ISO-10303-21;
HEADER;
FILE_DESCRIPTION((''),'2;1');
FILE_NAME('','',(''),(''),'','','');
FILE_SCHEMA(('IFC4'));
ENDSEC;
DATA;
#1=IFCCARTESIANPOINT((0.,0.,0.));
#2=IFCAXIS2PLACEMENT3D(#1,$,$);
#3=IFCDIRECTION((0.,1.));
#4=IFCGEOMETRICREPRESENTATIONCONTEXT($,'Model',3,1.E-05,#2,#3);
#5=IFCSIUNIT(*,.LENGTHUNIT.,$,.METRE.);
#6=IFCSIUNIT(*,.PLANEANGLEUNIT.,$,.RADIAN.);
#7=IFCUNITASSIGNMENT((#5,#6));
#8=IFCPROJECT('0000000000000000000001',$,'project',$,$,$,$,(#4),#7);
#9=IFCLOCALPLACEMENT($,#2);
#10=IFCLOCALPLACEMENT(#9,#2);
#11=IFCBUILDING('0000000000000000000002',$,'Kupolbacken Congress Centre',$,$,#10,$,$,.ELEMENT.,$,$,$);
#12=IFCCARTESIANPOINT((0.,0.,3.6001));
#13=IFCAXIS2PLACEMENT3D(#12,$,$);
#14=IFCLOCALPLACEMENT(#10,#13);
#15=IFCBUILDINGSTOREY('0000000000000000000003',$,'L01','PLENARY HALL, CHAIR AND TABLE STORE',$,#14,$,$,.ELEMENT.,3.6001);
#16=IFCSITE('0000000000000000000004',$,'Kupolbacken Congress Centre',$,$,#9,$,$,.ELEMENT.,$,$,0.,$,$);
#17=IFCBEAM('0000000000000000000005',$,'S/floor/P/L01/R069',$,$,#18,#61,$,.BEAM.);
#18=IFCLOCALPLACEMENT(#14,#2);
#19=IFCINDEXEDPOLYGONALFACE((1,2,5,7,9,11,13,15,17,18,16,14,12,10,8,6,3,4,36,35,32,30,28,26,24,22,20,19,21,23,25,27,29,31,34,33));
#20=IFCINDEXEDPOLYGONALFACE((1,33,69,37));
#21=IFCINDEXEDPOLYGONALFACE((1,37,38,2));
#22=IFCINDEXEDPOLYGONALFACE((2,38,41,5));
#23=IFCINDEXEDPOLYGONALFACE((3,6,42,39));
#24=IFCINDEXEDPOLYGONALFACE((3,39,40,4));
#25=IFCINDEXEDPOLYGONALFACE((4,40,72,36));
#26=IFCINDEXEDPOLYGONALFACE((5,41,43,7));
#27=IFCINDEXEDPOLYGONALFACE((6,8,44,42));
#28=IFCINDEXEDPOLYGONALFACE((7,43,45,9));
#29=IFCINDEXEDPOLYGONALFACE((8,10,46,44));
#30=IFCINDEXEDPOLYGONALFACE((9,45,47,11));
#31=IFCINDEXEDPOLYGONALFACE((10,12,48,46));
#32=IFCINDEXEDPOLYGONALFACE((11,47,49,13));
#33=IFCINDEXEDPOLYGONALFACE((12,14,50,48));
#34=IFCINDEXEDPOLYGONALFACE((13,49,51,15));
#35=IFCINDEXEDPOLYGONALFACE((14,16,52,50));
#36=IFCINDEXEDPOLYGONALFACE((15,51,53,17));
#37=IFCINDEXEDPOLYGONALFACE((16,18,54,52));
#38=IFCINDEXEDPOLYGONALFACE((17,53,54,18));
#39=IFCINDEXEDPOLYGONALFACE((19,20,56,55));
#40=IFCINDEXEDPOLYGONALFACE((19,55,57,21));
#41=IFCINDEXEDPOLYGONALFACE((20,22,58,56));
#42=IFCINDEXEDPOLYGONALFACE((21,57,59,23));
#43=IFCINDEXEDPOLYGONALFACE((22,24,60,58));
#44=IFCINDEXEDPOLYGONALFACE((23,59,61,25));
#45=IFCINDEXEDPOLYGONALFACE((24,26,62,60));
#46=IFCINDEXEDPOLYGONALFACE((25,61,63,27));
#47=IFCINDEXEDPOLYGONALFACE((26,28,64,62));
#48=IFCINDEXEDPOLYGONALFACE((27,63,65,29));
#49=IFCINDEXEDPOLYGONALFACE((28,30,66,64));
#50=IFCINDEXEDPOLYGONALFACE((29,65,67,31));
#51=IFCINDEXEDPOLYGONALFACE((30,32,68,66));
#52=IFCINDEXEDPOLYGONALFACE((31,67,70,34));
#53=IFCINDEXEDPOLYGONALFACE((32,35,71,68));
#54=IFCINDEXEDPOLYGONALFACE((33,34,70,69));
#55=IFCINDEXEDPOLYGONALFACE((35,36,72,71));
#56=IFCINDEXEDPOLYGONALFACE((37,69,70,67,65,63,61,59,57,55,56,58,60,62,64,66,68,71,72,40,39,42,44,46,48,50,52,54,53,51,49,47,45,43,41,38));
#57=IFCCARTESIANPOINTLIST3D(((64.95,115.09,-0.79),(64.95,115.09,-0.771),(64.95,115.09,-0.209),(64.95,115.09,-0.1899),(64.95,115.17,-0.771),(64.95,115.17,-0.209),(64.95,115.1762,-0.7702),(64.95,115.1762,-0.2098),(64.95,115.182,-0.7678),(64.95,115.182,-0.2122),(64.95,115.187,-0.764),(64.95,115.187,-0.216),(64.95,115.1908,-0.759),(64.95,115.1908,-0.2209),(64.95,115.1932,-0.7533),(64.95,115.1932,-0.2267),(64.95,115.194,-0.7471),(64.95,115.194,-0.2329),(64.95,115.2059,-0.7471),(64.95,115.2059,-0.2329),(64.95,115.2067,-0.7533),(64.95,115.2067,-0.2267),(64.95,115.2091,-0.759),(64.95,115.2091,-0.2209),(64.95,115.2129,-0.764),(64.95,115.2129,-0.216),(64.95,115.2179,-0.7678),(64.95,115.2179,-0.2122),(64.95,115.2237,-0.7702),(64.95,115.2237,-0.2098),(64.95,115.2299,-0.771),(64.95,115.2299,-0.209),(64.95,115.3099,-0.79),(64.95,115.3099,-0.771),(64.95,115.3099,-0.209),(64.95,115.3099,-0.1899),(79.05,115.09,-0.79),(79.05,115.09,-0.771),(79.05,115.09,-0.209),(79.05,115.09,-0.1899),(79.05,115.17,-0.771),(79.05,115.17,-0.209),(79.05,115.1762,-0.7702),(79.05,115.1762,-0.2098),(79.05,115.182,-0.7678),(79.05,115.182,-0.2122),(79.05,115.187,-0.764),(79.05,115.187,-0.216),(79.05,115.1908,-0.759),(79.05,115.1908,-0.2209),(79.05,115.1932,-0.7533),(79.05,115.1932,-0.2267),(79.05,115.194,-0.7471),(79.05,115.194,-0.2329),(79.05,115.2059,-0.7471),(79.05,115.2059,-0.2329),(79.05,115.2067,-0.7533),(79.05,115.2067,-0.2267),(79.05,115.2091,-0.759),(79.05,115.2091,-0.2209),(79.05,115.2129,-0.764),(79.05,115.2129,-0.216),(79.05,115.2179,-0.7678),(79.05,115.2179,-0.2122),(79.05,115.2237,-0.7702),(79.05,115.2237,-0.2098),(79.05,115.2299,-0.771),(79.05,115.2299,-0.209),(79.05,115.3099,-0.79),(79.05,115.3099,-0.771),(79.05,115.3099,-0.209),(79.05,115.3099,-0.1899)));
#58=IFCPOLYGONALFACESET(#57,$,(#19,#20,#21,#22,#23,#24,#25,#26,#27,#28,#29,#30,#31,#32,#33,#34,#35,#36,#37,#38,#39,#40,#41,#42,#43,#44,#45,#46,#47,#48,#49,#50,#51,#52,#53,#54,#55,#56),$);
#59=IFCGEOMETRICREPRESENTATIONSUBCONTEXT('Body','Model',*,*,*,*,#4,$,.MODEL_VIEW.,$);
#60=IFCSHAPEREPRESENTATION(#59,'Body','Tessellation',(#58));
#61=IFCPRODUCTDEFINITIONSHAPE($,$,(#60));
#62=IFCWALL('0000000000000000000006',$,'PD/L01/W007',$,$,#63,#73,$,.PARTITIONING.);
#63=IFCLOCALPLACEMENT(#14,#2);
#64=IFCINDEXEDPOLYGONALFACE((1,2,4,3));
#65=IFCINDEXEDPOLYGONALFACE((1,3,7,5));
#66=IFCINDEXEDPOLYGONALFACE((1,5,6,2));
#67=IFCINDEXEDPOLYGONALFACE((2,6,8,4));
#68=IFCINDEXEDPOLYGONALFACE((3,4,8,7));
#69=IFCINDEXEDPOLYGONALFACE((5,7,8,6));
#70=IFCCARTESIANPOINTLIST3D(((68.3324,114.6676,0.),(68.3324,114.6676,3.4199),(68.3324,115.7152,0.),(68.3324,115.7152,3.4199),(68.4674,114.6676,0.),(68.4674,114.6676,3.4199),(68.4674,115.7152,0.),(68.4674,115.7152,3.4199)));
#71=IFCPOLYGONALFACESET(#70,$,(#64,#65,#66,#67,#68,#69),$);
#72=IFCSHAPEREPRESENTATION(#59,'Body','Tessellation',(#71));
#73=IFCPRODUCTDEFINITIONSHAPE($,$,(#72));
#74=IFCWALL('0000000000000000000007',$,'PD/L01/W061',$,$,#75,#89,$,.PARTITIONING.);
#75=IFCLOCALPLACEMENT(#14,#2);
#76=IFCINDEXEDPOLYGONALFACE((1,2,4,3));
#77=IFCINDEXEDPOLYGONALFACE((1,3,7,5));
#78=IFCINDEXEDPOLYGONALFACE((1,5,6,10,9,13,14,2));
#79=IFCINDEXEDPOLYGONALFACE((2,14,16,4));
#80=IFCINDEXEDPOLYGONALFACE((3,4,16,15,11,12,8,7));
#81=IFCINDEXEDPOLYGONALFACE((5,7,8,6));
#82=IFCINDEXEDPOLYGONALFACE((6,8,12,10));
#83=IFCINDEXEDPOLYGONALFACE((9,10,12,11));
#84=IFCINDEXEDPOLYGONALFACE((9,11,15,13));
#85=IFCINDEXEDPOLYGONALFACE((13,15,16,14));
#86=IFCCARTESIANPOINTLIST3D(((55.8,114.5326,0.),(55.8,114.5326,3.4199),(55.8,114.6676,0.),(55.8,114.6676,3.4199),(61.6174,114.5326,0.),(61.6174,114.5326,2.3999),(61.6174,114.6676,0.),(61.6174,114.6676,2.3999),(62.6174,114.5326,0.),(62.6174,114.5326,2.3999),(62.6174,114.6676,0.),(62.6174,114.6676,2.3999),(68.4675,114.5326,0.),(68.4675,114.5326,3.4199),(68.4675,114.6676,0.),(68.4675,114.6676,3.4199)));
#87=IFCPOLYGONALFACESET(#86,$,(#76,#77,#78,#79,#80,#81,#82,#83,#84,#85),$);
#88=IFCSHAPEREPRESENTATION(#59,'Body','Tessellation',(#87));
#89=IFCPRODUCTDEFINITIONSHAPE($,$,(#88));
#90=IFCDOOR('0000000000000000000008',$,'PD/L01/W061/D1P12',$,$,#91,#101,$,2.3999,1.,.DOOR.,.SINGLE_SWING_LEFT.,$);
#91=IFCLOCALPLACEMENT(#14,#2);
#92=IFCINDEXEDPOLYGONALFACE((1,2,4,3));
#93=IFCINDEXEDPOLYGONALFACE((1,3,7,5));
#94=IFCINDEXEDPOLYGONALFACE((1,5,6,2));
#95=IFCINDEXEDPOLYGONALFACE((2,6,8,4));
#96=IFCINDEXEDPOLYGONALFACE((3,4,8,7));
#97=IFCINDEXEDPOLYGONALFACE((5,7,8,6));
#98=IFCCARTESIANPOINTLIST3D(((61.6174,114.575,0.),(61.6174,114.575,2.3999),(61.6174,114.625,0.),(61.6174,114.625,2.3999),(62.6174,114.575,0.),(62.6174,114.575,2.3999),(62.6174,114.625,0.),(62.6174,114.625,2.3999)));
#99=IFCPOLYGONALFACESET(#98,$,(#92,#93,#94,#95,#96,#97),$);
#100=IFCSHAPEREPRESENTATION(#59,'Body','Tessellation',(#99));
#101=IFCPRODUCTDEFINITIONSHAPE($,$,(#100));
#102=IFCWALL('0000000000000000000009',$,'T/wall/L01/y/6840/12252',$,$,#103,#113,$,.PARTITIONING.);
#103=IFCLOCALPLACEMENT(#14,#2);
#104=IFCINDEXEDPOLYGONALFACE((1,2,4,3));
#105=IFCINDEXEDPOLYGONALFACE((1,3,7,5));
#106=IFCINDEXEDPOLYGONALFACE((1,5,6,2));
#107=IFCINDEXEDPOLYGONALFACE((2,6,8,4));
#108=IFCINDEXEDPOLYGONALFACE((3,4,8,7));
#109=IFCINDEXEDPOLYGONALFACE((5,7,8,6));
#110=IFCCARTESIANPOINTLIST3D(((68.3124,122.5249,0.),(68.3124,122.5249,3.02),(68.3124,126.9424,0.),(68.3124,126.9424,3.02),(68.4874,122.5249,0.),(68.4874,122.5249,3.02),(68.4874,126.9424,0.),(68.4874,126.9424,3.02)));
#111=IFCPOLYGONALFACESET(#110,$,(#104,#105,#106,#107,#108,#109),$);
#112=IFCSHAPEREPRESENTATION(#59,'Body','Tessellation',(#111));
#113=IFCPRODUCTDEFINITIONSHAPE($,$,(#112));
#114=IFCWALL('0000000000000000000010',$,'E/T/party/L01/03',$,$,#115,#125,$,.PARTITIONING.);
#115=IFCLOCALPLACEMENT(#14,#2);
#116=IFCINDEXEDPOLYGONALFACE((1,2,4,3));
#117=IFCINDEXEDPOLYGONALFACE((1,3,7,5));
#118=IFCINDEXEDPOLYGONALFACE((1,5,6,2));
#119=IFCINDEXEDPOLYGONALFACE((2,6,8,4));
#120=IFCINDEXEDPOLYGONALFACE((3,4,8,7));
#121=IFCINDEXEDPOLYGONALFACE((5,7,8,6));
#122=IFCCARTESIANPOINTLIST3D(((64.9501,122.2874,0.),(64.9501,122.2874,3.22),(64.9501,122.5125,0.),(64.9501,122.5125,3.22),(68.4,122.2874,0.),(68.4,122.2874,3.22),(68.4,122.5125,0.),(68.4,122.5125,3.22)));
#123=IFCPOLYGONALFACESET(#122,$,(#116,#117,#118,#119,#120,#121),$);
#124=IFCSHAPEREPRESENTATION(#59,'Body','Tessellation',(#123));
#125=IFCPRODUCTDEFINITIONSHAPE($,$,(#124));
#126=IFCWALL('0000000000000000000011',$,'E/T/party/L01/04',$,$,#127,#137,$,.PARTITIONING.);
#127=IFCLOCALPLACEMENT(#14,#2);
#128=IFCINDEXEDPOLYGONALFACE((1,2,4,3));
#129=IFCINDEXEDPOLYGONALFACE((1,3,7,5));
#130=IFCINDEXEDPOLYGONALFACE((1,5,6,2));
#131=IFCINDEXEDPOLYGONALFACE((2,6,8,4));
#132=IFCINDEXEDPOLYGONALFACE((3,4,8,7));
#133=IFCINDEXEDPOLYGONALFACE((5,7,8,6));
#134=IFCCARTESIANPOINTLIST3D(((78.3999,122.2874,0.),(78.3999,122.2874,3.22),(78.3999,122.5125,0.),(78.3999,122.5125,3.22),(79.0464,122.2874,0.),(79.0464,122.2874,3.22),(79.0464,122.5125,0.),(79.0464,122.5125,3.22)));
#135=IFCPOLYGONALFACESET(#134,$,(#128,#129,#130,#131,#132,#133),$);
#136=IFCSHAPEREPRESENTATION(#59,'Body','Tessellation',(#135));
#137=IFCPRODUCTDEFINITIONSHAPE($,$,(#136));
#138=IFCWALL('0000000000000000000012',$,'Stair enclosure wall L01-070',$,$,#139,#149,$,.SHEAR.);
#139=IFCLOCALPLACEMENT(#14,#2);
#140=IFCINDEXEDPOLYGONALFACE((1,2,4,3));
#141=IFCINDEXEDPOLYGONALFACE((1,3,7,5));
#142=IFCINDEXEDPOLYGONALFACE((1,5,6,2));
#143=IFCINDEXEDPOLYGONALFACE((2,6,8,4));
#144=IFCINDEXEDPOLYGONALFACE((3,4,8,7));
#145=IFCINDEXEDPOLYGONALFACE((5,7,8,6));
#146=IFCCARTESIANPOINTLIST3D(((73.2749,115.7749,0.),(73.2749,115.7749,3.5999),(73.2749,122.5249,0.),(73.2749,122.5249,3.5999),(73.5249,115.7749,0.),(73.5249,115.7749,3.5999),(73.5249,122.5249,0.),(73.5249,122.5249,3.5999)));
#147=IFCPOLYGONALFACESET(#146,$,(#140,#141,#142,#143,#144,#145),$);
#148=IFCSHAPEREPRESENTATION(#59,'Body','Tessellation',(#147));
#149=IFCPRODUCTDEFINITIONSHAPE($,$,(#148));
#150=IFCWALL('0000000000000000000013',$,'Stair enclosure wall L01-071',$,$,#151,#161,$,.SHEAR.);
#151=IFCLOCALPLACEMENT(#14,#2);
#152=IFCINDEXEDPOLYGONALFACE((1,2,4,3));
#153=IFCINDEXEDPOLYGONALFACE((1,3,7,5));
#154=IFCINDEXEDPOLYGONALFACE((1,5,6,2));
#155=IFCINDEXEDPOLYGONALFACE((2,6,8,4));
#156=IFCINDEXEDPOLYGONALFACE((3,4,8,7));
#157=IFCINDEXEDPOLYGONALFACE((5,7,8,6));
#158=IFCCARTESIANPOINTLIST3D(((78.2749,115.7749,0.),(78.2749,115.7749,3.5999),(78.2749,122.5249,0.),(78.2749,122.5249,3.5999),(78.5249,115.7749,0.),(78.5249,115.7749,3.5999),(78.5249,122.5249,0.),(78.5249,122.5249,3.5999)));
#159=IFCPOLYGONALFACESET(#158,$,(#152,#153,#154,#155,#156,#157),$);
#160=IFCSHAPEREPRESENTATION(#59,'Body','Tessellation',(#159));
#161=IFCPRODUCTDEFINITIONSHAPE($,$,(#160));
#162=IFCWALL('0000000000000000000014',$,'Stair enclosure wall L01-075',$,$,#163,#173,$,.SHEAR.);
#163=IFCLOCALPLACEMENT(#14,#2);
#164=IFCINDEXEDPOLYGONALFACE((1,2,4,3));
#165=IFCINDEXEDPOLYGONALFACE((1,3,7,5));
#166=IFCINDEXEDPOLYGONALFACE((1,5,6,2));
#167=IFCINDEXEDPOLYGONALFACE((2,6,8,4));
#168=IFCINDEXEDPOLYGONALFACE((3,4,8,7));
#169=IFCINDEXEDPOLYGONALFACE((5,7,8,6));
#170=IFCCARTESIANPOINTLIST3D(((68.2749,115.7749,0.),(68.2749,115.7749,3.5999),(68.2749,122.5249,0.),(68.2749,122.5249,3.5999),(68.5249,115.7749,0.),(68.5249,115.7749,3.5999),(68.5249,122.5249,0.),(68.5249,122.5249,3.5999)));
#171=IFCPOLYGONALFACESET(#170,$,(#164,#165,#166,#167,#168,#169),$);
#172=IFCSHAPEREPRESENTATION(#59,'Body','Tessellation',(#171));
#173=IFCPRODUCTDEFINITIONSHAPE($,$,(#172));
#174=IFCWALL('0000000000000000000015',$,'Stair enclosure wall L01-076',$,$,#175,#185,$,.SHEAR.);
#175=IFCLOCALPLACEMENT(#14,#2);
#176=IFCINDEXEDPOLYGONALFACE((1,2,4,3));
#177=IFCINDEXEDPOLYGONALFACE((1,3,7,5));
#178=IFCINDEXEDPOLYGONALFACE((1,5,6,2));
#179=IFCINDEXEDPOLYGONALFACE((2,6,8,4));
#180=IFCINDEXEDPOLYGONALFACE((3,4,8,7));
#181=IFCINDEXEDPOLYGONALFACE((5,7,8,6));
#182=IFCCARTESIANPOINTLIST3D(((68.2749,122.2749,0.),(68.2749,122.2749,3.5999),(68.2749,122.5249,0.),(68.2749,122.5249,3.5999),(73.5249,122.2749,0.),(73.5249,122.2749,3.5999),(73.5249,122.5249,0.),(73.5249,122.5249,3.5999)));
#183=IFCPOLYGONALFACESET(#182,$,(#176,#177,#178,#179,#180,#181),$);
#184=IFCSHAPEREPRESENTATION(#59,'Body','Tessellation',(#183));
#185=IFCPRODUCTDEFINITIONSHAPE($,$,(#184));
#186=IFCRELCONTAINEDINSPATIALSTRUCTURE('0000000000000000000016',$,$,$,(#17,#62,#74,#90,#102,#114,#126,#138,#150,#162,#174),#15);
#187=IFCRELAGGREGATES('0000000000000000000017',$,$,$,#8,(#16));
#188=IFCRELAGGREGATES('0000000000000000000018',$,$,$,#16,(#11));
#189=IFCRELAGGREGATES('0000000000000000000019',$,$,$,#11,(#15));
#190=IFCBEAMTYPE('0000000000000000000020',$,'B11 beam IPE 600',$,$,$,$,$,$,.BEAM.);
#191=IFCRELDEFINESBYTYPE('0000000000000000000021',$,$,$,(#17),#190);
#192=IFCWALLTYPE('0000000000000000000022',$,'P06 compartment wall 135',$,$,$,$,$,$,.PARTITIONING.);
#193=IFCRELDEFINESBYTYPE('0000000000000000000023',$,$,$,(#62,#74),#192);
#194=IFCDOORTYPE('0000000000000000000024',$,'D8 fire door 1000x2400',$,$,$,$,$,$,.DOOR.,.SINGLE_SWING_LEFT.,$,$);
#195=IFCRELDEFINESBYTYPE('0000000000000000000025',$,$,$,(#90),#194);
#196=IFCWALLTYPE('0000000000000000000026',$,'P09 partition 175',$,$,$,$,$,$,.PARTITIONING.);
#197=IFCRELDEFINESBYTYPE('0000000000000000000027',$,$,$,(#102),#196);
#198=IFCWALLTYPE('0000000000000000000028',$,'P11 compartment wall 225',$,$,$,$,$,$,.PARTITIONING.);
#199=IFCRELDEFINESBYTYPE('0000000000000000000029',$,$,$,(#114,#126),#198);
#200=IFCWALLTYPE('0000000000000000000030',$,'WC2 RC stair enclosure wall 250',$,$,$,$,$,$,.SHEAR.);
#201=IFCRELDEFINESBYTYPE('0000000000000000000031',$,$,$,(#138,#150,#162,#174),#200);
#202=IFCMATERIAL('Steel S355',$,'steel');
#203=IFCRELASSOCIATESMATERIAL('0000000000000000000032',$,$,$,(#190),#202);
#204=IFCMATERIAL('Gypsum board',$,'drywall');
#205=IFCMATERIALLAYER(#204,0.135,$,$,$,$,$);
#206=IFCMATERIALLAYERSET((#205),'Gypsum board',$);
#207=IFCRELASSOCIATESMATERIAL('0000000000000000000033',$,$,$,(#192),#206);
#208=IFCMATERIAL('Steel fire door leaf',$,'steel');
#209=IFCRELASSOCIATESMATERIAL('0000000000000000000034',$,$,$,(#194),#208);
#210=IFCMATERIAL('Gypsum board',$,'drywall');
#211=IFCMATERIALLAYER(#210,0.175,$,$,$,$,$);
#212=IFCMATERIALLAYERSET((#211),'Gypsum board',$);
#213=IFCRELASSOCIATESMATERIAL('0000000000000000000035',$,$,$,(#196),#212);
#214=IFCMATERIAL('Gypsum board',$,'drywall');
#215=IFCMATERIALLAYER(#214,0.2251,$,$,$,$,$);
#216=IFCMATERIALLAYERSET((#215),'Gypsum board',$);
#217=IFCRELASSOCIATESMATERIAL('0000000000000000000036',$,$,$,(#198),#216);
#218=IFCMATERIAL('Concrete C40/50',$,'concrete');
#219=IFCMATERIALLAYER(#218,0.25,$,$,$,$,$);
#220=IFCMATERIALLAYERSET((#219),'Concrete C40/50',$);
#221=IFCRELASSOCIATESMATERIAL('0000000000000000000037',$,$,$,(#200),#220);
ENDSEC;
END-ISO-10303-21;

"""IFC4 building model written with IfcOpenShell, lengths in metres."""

from ifc_helpers import new_model, si_unit, direction, frame, frame_2d, origin, origin_2d, place, context, subcontext, project, spatial, rectangle, i_section, extrude, material, layer, layer_set, material_profile, profile_set, type_object, element, fill, save


model = new_model("IFC4")

# Units and contexts
model_context = context("Model", 3, precision=1e-05, world=origin(), true_north=direction((0.0, 1.0)))
body_context = subcontext(model_context, "Body", "Model", "MODEL_VIEW")
ifc_project = project(units=[si_unit("LENGTHUNIT", "METRE"), si_unit("PLANEANGLEUNIT", "RADIAN")], contexts=[model_context])

# Site, building, storey
site_placement = place(None, origin())
site = spatial("IfcSite", under=ifc_project, at=site_placement, Name="Kupolbacken Congress Centre", CompositionType="ELEMENT", RefElevation=0.0)
building_placement = place(site_placement, origin())
building = spatial("IfcBuilding", under=site, at=building_placement, Name="Kupolbacken Congress Centre", CompositionType="ELEMENT")
storey_placement = place(building_placement, frame((0.0, 0.0, 3.6001)))
storey = spatial("IfcBuildingStorey", under=building, at=storey_placement, Name="L01", Description="PLENARY HALL, CHAIR AND TABLE STORE", CompositionType="ELEMENT", Elevation=3.6001)

# Beam
ifc_material_1 = material(Name="Steel S355", Category="steel")
ifc_material_profile_1 = material_profile(ifc_material_1, i_section(OverallWidth=0.22, OverallDepth=0.6001, WebThickness=0.012, FlangeThickness=0.019, FilletRadius=0.0239, at=origin_2d()), Name="IPE 600")
ifc_profile_set_1 = profile_set([ifc_material_profile_1], Name="Steel S355")
beam_type_1 = type_object("IfcBeamType", Name="B11 beam IPE 600", PredefinedType="BEAM", material=ifc_profile_set_1)
beam_1_placement = place(storey_placement, frame((64.95, 115.2, -0.49), z_axis=(1.0, 0.0, 0.0), x_axis=(0.0, 1.0, 0.0)))
element("IfcBeam", 1, at=beam_1_placement, inside=storey, type_object=beam_type_1, Name="S/floor/P/L01/R069", PredefinedType="BEAM", context=body_context, shape_type="SweptSolid", body=[
    extrude(i_section(OverallWidth=0.22, OverallDepth=0.6001, WebThickness=0.012, FlangeThickness=0.019, FilletRadius=0.0239, at=origin_2d()), origin(), (0.0, 0.0, 1.0), 14.1001),
])

# Wall
ifc_material_2 = material(Name="Gypsum board", Category="drywall")
ifc_layer_1 = layer(ifc_material_2, 0.135)
ifc_layer_set_1 = layer_set([ifc_layer_1], Name="Gypsum board")
wall_type_1 = type_object("IfcWallType", Name="P06 compartment wall 135", PredefinedType="PARTITIONING", material=ifc_layer_set_1)
wall_1_placement = place(storey_placement, frame((68.3999, 114.6675, 0.0), z_axis=(0.0, 0.0, 1.0), x_axis=(0.0, 1.0, 0.0)))
element("IfcWall", 2, at=wall_1_placement, inside=storey, type_object=wall_type_1, Name="PD/L01/W007", PredefinedType="PARTITIONING", context=body_context, shape_type="SweptSolid", body=[
    extrude(rectangle(XDim=1.0476, YDim=0.135, at=frame_2d((0.5239, 0.0))), origin(), (0.0, 0.0, 1.0), 3.4199),
])

# Wall, opening, door
wall_2_placement = place(storey_placement, frame((68.4675, 114.6001, 0.0), z_axis=(0.0, 0.0, 1.0), x_axis=(-1.0, 0.0, 0.0)))
wall_2 = element("IfcWall", 3, at=wall_2_placement, inside=storey, type_object=wall_type_1, Name="PD/L01/W061", PredefinedType="PARTITIONING", context=body_context, shape_type="SweptSolid", body=[
    extrude(rectangle(XDim=12.6675, YDim=0.135, at=frame_2d((6.3337, 0.0))), origin(), (0.0, 0.0, 1.0), 3.4199),
])
opening_1_placement = place(wall_2_placement, frame((5.8501, 0.0, 0.0)))
opening_1 = element("IfcOpeningElement", 4, at=opening_1_placement, cuts=wall_2, PredefinedType="OPENING", context=body_context, shape_type="SweptSolid", body=[
    extrude(rectangle(XDim=1.0, YDim=2.3999, at=frame_2d((0.5, 1.2))), frame((0.0, 0.0774, 0.0), z_axis=(0.0, -1.0, 0.0), x_axis=(1.0, 0.0, 0.0)), (0.0, 0.0, 1.0), 0.155),
])
ifc_material_3 = material(Name="Steel fire door leaf", Category="steel")
door_type_1 = type_object("IfcDoorType", Name="D8 fire door 1000x2400", OperationType="SINGLE_SWING_LEFT", PredefinedType="DOOR", material=ifc_material_3)
door_1_placement = place(opening_1_placement, frame((1.0, 0.0, 0.0), z_axis=(0.0, 0.0, 1.0), x_axis=(-1.0, 0.0, 0.0)))
door_1 = element("IfcDoor", 5, at=door_1_placement, inside=storey, type_object=door_type_1, Name="PD/L01/W061/D1P12", OperationType="SINGLE_SWING_LEFT", OverallHeight=2.3999, OverallWidth=1.0, PredefinedType="DOOR", context=body_context, shape_type="SweptSolid", body=[
    extrude(rectangle(XDim=1.0, YDim=2.3999, at=frame_2d((0.5, 1.2))), frame((0.0, 0.0249, 0.0), z_axis=(0.0, -1.0, 0.0), x_axis=(1.0, 0.0, 0.0)), (0.0, 0.0, 1.0), 0.05),
])
fill(opening_1, door_1)

# Walls
ifc_material_4 = material(Name="Gypsum board", Category="drywall")
ifc_layer_2 = layer(ifc_material_4, 0.175)
ifc_layer_set_2 = layer_set([ifc_layer_2], Name="Gypsum board")
wall_type_2 = type_object("IfcWallType", Name="P09 partition 175", PredefinedType="PARTITIONING", material=ifc_layer_set_2)
wall_3_placement = place(storey_placement, frame((68.3999, 122.5249, 0.0), z_axis=(0.0, 0.0, 1.0), x_axis=(0.0, 1.0, 0.0)))
element("IfcWall", 6, at=wall_3_placement, inside=storey, type_object=wall_type_2, Name="T/wall/L01/y/6840/12252", PredefinedType="PARTITIONING", context=body_context, shape_type="SweptSolid", body=[
    extrude(rectangle(XDim=4.4175, YDim=0.175, at=frame_2d((2.2087, 0.0))), origin(), (0.0, 0.0, 1.0), 3.02),
])
ifc_material_5 = material(Name="Gypsum board", Category="drywall")
ifc_layer_3 = layer(ifc_material_5, 0.2251)
ifc_layer_set_3 = layer_set([ifc_layer_3], Name="Gypsum board")
wall_type_3 = type_object("IfcWallType", Name="P11 compartment wall 225", PredefinedType="PARTITIONING", material=ifc_layer_set_3)
wall_4_placement = place(storey_placement, frame((64.95, 122.3999, 0.0), z_axis=(0.0, 0.0, 1.0), x_axis=(1.0, 0.0, 0.0)))
element("IfcWall", 7, at=wall_4_placement, inside=storey, type_object=wall_type_3, Name="E/T/party/L01/03", PredefinedType="PARTITIONING", context=body_context, shape_type="SweptSolid", body=[
    extrude(rectangle(XDim=3.45, YDim=0.2251, at=frame_2d((1.7251, 0.0))), origin(), (0.0, 0.0, 1.0), 3.22),
])
wall_5_placement = place(storey_placement, frame((78.3999, 122.3999, 0.0), z_axis=(0.0, 0.0, 1.0), x_axis=(1.0, 0.0, 0.0)))
element("IfcWall", 8, at=wall_5_placement, inside=storey, type_object=wall_type_3, Name="E/T/party/L01/04", PredefinedType="PARTITIONING", context=body_context, shape_type="SweptSolid", body=[
    extrude(rectangle(XDim=0.6465, YDim=0.2251, at=frame_2d((0.3232, 0.0))), origin(), (0.0, 0.0, 1.0), 3.22),
])

# Shared definitions
ifc_material_6 = material(Name="Concrete C40/50", Category="concrete")
ifc_layer_4 = layer(ifc_material_6, 0.25)
ifc_layer_set_4 = layer_set([ifc_layer_4], Name="Concrete C40/50")
wall_type_4 = type_object("IfcWallType", Name="WC2 RC stair enclosure wall 250", PredefinedType="SHEAR", material=ifc_layer_set_4)

# Walls
for number, where, z_axis, x_axis, name in (
    (9, (73.3999, 115.7749, 0.0), (0.0, 0.0, 1.0), (0.0, 1.0, 0.0), "Stair enclosure wall L01-070"),
    (10, (78.3999, 115.7749, 0.0), (0.0, 0.0, 1.0), (0.0, 1.0, 0.0), "Stair enclosure wall L01-071"),
    (11, (68.3999, 122.5249, 0.0), (0.0, 0.0, 1.0), (0.0, -1.0, 0.0), "Stair enclosure wall L01-075"),
):
    element("IfcWall", number, at=place(storey_placement, frame(where, z_axis=z_axis, x_axis=x_axis)), inside=storey, type_object=wall_type_4, Name=name, PredefinedType="SHEAR", context=body_context, shape_type="SweptSolid", body=[
        extrude(rectangle(XDim=6.75, YDim=0.25, at=frame_2d((3.375, 0.0))), origin(), (0.0, 0.0, 1.0), 3.5999),
    ])
wall_6_placement = place(storey_placement, frame((73.5249, 122.3999, 0.0), z_axis=(0.0, 0.0, 1.0), x_axis=(-1.0, 0.0, 0.0)))
element("IfcWall", 12, at=wall_6_placement, inside=storey, type_object=wall_type_4, Name="Stair enclosure wall L01-076", PredefinedType="SHEAR", context=body_context, shape_type="SweptSolid", body=[
    extrude(rectangle(XDim=5.25, YDim=0.25, at=frame_2d((2.625, 0.0))), origin(), (0.0, 0.0, 1.0), 3.5999),
])

save(model, "model.ifc")
